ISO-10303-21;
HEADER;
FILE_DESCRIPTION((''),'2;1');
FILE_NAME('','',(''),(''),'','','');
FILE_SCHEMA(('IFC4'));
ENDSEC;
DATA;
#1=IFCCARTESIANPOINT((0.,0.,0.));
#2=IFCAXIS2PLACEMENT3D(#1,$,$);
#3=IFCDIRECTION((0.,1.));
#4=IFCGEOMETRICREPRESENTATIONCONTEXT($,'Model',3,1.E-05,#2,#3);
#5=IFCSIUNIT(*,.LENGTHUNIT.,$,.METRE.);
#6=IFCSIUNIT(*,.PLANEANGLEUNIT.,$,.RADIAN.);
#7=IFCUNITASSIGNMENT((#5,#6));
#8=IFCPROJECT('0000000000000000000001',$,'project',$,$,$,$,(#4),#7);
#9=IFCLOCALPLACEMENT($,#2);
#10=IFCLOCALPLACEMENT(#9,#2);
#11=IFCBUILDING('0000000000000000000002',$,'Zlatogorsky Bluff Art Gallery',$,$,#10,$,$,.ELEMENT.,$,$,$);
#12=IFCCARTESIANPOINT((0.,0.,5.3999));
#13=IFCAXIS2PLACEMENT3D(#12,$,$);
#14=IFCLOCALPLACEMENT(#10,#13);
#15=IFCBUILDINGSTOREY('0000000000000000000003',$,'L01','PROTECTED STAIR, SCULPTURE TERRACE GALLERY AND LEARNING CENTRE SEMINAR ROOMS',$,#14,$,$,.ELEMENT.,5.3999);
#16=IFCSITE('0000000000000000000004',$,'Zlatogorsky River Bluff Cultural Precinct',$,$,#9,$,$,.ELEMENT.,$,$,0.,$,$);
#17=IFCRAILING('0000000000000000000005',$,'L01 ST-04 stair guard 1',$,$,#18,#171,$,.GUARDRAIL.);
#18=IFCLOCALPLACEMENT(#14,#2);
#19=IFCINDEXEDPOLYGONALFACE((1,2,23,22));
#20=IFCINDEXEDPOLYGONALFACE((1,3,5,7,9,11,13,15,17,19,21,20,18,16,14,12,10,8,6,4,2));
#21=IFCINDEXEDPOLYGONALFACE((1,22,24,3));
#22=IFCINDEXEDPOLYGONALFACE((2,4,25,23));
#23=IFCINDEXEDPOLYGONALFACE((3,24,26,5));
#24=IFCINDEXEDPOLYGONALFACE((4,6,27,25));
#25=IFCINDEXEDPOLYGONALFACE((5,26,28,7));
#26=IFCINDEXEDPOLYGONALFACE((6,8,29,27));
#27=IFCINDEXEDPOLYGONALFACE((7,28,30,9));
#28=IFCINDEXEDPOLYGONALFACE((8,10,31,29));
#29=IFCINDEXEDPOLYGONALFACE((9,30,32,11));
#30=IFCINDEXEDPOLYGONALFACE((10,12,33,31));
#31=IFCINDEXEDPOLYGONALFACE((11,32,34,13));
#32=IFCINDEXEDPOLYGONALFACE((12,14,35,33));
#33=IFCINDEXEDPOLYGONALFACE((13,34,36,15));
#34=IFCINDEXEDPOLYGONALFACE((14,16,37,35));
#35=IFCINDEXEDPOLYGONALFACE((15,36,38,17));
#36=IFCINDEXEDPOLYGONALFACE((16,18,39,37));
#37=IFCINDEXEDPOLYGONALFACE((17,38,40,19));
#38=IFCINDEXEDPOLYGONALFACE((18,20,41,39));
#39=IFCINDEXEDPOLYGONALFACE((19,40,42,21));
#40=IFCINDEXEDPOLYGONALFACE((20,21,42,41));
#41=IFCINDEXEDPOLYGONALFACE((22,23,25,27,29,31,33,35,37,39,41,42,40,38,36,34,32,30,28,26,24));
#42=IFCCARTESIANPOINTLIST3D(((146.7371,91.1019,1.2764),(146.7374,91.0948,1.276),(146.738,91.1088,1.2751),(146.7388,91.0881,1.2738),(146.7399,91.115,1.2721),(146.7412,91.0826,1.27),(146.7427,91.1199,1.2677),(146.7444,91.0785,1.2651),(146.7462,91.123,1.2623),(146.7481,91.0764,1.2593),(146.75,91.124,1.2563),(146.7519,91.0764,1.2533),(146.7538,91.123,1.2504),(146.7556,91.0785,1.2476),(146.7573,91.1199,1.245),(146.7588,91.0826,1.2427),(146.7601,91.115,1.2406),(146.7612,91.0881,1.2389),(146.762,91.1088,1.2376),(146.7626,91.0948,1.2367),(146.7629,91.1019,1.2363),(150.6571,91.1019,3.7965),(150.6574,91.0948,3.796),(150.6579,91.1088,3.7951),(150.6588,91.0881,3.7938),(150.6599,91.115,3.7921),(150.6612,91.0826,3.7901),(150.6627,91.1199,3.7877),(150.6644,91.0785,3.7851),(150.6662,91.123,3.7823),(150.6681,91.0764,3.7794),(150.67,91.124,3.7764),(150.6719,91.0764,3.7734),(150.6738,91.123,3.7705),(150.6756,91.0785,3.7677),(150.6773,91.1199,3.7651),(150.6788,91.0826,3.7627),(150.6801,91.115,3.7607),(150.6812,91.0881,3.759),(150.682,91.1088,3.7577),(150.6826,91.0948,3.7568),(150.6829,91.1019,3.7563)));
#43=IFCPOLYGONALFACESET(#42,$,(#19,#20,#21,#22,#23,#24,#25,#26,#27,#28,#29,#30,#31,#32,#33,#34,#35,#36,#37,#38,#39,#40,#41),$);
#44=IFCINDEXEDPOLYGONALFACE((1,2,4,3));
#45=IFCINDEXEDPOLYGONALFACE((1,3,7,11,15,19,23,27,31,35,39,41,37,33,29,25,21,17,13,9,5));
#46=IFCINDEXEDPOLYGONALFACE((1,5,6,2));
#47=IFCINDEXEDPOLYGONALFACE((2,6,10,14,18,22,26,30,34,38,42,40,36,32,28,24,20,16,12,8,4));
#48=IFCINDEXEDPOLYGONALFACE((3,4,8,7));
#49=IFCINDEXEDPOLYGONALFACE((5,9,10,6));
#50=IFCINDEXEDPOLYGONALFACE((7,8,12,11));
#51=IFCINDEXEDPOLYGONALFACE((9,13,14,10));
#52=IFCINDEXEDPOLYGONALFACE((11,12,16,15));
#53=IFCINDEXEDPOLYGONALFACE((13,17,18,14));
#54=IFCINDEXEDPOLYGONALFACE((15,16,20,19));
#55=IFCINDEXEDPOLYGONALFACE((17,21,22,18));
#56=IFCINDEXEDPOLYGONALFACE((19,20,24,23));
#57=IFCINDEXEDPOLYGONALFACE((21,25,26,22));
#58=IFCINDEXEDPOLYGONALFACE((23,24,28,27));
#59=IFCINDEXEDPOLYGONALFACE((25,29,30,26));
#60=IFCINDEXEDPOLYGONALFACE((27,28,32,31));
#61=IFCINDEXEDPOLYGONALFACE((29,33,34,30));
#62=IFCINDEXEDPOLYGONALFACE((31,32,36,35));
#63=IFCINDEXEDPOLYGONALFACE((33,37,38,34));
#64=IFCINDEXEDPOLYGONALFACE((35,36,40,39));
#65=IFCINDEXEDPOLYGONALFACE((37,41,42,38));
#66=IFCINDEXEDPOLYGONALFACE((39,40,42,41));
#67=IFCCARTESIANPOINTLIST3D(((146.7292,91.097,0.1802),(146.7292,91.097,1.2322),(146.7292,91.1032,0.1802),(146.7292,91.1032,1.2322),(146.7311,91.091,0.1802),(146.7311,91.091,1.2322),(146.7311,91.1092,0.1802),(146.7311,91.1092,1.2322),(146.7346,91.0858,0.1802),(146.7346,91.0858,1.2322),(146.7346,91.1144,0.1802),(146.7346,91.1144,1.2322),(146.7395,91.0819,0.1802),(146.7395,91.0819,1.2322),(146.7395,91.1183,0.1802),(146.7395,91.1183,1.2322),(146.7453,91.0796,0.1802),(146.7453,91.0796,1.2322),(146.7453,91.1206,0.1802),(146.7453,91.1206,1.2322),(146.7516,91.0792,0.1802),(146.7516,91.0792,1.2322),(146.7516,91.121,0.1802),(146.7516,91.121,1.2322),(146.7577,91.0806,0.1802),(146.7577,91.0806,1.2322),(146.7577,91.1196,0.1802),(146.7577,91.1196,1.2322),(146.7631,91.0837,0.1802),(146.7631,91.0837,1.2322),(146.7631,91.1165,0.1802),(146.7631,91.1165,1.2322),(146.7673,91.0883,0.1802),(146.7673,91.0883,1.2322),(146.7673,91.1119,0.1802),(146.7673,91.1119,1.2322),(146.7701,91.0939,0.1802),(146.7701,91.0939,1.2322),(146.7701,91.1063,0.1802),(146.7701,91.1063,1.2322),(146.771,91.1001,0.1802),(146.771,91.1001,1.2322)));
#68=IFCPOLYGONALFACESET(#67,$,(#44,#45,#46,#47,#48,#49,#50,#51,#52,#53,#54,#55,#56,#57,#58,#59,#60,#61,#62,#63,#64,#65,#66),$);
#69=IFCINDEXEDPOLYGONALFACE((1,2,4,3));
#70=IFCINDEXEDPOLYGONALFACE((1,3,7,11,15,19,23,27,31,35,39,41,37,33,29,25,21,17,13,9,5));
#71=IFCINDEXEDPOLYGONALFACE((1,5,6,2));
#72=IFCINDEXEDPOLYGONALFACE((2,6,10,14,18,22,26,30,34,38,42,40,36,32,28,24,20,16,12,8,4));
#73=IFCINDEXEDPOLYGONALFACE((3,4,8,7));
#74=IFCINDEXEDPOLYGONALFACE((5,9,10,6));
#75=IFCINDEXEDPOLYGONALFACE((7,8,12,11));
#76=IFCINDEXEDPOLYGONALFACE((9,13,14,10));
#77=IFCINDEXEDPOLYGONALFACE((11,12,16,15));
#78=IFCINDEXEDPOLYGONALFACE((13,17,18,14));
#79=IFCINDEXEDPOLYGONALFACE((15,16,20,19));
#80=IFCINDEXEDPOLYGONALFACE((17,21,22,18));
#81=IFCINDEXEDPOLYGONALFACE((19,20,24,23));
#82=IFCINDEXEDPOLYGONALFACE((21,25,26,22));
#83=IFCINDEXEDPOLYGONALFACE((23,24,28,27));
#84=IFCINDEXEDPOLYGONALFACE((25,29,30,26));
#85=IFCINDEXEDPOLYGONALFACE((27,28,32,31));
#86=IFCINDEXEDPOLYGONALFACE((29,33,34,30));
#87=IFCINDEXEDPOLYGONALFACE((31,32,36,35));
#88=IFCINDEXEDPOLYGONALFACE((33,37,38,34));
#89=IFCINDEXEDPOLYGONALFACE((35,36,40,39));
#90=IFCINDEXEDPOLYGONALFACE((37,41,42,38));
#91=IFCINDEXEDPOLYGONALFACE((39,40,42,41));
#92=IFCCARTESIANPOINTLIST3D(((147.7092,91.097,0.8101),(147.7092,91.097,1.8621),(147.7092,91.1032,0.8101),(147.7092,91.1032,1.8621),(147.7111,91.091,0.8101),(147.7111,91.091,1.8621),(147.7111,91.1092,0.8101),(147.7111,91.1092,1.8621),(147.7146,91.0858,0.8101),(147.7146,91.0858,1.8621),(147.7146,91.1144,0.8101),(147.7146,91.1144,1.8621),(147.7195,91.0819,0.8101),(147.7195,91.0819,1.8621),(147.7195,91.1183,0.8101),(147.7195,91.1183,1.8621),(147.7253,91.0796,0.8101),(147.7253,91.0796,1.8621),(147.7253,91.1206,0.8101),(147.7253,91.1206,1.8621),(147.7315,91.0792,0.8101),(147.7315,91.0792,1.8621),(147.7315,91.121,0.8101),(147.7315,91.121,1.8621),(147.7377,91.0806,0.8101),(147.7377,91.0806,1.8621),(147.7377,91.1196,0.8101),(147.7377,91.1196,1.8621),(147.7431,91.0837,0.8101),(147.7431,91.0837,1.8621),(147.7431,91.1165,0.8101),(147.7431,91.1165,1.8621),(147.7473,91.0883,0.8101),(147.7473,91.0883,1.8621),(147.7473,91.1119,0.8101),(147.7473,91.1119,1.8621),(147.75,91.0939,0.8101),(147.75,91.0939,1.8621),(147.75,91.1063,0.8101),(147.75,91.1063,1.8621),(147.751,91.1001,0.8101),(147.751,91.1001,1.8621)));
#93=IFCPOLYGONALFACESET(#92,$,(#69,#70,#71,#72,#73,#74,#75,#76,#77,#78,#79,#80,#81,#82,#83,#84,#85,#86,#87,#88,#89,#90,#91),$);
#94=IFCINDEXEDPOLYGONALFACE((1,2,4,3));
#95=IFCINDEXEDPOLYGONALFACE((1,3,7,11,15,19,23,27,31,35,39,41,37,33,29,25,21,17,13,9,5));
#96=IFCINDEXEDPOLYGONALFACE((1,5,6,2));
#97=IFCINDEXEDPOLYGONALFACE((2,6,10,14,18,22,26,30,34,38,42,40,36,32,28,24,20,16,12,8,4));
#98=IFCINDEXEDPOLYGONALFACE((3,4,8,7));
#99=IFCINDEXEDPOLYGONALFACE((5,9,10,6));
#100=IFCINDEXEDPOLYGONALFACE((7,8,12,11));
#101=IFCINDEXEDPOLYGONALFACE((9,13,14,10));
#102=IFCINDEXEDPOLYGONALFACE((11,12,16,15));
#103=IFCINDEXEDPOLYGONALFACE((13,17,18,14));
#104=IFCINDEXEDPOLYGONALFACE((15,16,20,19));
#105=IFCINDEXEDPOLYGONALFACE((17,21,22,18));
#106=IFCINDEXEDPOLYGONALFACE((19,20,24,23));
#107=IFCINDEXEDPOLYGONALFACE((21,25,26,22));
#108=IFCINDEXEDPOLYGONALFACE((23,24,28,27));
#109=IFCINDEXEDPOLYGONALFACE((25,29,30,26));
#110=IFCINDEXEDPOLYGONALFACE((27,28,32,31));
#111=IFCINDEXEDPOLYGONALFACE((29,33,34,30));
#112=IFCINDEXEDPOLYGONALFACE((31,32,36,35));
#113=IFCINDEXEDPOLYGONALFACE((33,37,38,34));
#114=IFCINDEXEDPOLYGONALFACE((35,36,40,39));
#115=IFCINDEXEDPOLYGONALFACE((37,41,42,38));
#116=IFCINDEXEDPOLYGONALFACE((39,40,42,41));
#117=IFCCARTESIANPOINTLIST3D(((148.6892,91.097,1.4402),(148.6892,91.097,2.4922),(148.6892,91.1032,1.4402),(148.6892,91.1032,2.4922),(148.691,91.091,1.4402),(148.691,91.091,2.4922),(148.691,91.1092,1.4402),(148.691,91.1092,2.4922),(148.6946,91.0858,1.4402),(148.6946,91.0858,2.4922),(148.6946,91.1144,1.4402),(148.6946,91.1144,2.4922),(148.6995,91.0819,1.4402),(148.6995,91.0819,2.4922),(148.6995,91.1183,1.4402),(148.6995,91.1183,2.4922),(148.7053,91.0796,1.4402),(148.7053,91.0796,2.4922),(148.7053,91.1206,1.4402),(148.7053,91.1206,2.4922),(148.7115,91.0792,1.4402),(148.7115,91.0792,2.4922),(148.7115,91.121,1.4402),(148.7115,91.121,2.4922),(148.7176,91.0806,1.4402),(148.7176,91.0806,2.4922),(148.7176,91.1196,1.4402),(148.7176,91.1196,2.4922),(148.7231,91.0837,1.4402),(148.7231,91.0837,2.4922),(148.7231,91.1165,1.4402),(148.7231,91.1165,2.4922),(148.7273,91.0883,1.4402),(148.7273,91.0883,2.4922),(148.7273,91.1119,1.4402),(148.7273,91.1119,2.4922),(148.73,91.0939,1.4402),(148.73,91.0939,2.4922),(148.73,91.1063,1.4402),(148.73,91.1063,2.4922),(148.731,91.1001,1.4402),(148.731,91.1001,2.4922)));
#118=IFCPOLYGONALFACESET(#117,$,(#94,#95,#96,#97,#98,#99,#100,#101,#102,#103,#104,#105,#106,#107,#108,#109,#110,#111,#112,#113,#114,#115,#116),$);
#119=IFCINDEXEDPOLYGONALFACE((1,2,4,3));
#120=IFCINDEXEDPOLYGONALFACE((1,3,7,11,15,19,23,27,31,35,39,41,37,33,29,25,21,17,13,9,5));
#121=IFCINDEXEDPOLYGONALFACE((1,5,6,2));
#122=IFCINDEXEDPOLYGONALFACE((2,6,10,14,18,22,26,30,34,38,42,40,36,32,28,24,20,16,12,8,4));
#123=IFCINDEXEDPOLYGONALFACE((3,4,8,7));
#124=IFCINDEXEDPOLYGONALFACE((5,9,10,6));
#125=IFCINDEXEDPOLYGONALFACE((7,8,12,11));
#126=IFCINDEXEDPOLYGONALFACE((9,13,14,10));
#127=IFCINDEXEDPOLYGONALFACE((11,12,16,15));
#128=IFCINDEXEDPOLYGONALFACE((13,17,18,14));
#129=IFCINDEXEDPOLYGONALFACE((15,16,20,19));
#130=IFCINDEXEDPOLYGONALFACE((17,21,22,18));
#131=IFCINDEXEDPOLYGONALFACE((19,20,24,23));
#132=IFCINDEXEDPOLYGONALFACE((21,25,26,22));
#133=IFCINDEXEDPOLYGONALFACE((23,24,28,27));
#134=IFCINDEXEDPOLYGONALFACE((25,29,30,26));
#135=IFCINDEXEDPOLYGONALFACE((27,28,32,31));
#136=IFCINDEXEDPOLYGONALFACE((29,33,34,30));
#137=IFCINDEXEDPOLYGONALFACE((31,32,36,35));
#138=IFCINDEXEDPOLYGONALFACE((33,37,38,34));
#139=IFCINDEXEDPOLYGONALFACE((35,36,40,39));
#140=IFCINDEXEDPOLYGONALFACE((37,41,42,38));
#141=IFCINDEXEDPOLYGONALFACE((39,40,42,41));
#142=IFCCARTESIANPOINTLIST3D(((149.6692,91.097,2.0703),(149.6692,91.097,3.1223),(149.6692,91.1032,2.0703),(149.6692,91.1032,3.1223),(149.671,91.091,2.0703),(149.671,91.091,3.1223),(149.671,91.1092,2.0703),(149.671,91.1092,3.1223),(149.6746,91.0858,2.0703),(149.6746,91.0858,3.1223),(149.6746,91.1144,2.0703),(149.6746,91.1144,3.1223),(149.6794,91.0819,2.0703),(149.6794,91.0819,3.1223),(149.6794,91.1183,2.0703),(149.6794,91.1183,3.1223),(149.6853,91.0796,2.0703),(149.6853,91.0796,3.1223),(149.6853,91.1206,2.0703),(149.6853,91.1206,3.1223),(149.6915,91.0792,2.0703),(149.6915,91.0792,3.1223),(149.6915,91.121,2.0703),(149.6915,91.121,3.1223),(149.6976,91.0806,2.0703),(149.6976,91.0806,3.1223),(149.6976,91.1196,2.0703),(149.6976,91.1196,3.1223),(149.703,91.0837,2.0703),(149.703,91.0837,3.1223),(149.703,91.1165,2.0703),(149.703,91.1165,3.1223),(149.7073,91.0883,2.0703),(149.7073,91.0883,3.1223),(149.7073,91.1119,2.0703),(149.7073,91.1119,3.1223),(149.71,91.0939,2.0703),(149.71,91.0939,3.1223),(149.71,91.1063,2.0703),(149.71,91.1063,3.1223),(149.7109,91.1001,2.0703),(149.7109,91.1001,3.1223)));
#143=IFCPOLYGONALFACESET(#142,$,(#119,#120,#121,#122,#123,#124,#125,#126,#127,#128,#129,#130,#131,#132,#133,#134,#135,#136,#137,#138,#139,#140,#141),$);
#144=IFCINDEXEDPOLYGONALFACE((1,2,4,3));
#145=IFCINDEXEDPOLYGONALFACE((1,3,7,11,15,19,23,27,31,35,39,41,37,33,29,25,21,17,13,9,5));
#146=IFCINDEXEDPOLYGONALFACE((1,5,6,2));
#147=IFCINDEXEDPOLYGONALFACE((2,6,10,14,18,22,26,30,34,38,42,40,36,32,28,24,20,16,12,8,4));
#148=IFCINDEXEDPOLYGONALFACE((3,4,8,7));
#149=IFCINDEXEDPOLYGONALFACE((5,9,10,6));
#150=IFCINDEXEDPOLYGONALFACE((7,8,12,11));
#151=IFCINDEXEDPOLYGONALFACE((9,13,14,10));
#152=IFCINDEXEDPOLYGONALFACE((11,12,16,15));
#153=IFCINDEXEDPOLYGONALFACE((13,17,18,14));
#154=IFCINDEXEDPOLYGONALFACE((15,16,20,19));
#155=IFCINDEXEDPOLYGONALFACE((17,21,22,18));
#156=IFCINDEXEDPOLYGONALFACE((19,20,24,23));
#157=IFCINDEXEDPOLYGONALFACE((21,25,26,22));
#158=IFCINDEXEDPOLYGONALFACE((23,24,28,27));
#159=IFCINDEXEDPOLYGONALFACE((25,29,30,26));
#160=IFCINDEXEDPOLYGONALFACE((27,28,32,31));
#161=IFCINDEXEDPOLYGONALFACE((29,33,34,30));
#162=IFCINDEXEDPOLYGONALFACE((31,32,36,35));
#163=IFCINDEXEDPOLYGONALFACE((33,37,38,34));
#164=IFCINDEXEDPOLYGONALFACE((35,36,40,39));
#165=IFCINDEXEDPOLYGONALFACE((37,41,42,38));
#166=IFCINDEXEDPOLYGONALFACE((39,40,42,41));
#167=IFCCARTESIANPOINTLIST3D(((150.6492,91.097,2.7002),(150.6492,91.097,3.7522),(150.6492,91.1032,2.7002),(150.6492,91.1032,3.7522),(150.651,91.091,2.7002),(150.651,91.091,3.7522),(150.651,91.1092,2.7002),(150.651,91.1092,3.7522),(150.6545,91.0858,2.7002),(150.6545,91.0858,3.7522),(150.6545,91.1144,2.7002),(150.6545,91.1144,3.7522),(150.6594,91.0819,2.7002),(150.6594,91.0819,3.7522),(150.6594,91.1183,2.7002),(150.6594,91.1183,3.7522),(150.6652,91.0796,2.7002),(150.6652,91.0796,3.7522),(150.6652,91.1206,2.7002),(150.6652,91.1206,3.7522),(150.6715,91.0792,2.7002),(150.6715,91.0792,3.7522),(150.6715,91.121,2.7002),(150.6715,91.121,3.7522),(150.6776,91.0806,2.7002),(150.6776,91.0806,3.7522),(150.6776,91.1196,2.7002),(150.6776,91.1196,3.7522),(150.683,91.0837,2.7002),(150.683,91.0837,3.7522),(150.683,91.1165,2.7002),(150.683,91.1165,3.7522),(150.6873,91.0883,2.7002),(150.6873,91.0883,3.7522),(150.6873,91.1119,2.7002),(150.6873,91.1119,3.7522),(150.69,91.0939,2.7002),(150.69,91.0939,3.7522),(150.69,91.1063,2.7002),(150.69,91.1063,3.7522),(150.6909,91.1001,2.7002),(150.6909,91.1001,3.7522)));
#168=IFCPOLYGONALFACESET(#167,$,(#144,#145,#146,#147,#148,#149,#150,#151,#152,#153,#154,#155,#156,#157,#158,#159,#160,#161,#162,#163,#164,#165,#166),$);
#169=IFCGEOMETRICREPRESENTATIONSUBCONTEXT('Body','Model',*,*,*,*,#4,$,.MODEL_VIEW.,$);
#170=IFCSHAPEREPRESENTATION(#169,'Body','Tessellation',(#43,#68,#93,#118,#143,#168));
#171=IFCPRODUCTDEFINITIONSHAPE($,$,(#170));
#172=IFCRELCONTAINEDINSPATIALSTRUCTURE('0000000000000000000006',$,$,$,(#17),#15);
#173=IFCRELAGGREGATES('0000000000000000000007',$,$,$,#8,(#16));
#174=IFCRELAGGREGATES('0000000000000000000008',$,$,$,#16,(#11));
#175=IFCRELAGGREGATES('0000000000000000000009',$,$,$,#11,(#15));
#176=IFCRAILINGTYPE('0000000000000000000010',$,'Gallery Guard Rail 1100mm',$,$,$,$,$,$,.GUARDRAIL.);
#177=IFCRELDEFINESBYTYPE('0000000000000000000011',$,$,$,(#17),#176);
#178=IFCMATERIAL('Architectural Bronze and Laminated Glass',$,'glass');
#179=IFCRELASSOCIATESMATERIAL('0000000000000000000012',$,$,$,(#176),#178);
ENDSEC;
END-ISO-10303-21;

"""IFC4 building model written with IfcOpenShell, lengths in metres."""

from ifc_helpers import new_model, si_unit, direction, frame, origin, origin_2d, place, context, subcontext, project, spatial, circle, extrude, material, type_object, element, save


model = new_model("IFC4")

# Units and contexts
model_context = context("Model", 3, precision=1e-05, world=origin(), true_north=direction((0.0, 1.0)))
body_context = subcontext(model_context, "Body", "Model", "MODEL_VIEW")
ifc_project = project(units=[si_unit("LENGTHUNIT", "METRE"), si_unit("PLANEANGLEUNIT", "RADIAN")], contexts=[model_context])

# Site, building, storey
site_placement = place(None, origin())
site = spatial("IfcSite", under=ifc_project, at=site_placement, Name="Zlatogorsky River Bluff Cultural Precinct", CompositionType="ELEMENT", RefElevation=0.0)
building_placement = place(site_placement, origin())
building = spatial("IfcBuilding", under=site, at=building_placement, Name="Zlatogorsky Bluff Art Gallery", CompositionType="ELEMENT")
storey_placement = place(building_placement, frame((0.0, 0.0, 5.3999)))
storey = spatial("IfcBuildingStorey", under=building, at=storey_placement, Name="L01", Description="PROTECTED STAIR, SCULPTURE TERRACE GALLERY AND LEARNING CENTRE SEMINAR ROOMS", CompositionType="ELEMENT", Elevation=5.3999)

# Railing
ifc_material_1 = material(Name="Architectural Bronze and Laminated Glass", Category="glass")
railing_type_1 = type_object("IfcRailingType", Name="Gallery Guard Rail 1100mm", PredefinedType="GUARDRAIL", material=ifc_material_1)
railing_1_placement = place(storey_placement, frame((146.75, 91.1001, 0.1802)))
element("IfcRailing", 1, at=railing_1_placement, inside=storey, type_object=railing_type_1, Name="L01 ST-04 stair guard 1", PredefinedType="GUARDRAIL", context=body_context, shape_type="SweptSolid", body=[
    extrude(circle(Radius=0.0239, at=origin_2d()), frame((0.0, 0.0, 1.0762), z_axis=(0.841172, 0.0, 0.540768), x_axis=(0.0, 1.0, 0.0)), (0.0, 0.0, 1.0), 4.6602),
    extrude(circle(Radius=0.021, at=origin_2d()), origin(), (0.0, 0.0, 1.0), 1.052),
    extrude(circle(Radius=0.021, at=origin_2d()), frame((0.98, 0.0, 0.6299)), (0.0, 0.0, 1.0), 1.052),
    extrude(circle(Radius=0.021, at=origin_2d()), frame((1.96, 0.0, 1.26)), (0.0, 0.0, 1.0), 1.052),
    extrude(circle(Radius=0.021, at=origin_2d()), frame((2.9399, 0.0, 1.8901)), (0.0, 0.0, 1.0), 1.052),
    extrude(circle(Radius=0.021, at=origin_2d()), frame((3.9199, 0.0, 2.52)), (0.0, 0.0, 1.0), 1.052),
])

save(model, "model.ifc")
